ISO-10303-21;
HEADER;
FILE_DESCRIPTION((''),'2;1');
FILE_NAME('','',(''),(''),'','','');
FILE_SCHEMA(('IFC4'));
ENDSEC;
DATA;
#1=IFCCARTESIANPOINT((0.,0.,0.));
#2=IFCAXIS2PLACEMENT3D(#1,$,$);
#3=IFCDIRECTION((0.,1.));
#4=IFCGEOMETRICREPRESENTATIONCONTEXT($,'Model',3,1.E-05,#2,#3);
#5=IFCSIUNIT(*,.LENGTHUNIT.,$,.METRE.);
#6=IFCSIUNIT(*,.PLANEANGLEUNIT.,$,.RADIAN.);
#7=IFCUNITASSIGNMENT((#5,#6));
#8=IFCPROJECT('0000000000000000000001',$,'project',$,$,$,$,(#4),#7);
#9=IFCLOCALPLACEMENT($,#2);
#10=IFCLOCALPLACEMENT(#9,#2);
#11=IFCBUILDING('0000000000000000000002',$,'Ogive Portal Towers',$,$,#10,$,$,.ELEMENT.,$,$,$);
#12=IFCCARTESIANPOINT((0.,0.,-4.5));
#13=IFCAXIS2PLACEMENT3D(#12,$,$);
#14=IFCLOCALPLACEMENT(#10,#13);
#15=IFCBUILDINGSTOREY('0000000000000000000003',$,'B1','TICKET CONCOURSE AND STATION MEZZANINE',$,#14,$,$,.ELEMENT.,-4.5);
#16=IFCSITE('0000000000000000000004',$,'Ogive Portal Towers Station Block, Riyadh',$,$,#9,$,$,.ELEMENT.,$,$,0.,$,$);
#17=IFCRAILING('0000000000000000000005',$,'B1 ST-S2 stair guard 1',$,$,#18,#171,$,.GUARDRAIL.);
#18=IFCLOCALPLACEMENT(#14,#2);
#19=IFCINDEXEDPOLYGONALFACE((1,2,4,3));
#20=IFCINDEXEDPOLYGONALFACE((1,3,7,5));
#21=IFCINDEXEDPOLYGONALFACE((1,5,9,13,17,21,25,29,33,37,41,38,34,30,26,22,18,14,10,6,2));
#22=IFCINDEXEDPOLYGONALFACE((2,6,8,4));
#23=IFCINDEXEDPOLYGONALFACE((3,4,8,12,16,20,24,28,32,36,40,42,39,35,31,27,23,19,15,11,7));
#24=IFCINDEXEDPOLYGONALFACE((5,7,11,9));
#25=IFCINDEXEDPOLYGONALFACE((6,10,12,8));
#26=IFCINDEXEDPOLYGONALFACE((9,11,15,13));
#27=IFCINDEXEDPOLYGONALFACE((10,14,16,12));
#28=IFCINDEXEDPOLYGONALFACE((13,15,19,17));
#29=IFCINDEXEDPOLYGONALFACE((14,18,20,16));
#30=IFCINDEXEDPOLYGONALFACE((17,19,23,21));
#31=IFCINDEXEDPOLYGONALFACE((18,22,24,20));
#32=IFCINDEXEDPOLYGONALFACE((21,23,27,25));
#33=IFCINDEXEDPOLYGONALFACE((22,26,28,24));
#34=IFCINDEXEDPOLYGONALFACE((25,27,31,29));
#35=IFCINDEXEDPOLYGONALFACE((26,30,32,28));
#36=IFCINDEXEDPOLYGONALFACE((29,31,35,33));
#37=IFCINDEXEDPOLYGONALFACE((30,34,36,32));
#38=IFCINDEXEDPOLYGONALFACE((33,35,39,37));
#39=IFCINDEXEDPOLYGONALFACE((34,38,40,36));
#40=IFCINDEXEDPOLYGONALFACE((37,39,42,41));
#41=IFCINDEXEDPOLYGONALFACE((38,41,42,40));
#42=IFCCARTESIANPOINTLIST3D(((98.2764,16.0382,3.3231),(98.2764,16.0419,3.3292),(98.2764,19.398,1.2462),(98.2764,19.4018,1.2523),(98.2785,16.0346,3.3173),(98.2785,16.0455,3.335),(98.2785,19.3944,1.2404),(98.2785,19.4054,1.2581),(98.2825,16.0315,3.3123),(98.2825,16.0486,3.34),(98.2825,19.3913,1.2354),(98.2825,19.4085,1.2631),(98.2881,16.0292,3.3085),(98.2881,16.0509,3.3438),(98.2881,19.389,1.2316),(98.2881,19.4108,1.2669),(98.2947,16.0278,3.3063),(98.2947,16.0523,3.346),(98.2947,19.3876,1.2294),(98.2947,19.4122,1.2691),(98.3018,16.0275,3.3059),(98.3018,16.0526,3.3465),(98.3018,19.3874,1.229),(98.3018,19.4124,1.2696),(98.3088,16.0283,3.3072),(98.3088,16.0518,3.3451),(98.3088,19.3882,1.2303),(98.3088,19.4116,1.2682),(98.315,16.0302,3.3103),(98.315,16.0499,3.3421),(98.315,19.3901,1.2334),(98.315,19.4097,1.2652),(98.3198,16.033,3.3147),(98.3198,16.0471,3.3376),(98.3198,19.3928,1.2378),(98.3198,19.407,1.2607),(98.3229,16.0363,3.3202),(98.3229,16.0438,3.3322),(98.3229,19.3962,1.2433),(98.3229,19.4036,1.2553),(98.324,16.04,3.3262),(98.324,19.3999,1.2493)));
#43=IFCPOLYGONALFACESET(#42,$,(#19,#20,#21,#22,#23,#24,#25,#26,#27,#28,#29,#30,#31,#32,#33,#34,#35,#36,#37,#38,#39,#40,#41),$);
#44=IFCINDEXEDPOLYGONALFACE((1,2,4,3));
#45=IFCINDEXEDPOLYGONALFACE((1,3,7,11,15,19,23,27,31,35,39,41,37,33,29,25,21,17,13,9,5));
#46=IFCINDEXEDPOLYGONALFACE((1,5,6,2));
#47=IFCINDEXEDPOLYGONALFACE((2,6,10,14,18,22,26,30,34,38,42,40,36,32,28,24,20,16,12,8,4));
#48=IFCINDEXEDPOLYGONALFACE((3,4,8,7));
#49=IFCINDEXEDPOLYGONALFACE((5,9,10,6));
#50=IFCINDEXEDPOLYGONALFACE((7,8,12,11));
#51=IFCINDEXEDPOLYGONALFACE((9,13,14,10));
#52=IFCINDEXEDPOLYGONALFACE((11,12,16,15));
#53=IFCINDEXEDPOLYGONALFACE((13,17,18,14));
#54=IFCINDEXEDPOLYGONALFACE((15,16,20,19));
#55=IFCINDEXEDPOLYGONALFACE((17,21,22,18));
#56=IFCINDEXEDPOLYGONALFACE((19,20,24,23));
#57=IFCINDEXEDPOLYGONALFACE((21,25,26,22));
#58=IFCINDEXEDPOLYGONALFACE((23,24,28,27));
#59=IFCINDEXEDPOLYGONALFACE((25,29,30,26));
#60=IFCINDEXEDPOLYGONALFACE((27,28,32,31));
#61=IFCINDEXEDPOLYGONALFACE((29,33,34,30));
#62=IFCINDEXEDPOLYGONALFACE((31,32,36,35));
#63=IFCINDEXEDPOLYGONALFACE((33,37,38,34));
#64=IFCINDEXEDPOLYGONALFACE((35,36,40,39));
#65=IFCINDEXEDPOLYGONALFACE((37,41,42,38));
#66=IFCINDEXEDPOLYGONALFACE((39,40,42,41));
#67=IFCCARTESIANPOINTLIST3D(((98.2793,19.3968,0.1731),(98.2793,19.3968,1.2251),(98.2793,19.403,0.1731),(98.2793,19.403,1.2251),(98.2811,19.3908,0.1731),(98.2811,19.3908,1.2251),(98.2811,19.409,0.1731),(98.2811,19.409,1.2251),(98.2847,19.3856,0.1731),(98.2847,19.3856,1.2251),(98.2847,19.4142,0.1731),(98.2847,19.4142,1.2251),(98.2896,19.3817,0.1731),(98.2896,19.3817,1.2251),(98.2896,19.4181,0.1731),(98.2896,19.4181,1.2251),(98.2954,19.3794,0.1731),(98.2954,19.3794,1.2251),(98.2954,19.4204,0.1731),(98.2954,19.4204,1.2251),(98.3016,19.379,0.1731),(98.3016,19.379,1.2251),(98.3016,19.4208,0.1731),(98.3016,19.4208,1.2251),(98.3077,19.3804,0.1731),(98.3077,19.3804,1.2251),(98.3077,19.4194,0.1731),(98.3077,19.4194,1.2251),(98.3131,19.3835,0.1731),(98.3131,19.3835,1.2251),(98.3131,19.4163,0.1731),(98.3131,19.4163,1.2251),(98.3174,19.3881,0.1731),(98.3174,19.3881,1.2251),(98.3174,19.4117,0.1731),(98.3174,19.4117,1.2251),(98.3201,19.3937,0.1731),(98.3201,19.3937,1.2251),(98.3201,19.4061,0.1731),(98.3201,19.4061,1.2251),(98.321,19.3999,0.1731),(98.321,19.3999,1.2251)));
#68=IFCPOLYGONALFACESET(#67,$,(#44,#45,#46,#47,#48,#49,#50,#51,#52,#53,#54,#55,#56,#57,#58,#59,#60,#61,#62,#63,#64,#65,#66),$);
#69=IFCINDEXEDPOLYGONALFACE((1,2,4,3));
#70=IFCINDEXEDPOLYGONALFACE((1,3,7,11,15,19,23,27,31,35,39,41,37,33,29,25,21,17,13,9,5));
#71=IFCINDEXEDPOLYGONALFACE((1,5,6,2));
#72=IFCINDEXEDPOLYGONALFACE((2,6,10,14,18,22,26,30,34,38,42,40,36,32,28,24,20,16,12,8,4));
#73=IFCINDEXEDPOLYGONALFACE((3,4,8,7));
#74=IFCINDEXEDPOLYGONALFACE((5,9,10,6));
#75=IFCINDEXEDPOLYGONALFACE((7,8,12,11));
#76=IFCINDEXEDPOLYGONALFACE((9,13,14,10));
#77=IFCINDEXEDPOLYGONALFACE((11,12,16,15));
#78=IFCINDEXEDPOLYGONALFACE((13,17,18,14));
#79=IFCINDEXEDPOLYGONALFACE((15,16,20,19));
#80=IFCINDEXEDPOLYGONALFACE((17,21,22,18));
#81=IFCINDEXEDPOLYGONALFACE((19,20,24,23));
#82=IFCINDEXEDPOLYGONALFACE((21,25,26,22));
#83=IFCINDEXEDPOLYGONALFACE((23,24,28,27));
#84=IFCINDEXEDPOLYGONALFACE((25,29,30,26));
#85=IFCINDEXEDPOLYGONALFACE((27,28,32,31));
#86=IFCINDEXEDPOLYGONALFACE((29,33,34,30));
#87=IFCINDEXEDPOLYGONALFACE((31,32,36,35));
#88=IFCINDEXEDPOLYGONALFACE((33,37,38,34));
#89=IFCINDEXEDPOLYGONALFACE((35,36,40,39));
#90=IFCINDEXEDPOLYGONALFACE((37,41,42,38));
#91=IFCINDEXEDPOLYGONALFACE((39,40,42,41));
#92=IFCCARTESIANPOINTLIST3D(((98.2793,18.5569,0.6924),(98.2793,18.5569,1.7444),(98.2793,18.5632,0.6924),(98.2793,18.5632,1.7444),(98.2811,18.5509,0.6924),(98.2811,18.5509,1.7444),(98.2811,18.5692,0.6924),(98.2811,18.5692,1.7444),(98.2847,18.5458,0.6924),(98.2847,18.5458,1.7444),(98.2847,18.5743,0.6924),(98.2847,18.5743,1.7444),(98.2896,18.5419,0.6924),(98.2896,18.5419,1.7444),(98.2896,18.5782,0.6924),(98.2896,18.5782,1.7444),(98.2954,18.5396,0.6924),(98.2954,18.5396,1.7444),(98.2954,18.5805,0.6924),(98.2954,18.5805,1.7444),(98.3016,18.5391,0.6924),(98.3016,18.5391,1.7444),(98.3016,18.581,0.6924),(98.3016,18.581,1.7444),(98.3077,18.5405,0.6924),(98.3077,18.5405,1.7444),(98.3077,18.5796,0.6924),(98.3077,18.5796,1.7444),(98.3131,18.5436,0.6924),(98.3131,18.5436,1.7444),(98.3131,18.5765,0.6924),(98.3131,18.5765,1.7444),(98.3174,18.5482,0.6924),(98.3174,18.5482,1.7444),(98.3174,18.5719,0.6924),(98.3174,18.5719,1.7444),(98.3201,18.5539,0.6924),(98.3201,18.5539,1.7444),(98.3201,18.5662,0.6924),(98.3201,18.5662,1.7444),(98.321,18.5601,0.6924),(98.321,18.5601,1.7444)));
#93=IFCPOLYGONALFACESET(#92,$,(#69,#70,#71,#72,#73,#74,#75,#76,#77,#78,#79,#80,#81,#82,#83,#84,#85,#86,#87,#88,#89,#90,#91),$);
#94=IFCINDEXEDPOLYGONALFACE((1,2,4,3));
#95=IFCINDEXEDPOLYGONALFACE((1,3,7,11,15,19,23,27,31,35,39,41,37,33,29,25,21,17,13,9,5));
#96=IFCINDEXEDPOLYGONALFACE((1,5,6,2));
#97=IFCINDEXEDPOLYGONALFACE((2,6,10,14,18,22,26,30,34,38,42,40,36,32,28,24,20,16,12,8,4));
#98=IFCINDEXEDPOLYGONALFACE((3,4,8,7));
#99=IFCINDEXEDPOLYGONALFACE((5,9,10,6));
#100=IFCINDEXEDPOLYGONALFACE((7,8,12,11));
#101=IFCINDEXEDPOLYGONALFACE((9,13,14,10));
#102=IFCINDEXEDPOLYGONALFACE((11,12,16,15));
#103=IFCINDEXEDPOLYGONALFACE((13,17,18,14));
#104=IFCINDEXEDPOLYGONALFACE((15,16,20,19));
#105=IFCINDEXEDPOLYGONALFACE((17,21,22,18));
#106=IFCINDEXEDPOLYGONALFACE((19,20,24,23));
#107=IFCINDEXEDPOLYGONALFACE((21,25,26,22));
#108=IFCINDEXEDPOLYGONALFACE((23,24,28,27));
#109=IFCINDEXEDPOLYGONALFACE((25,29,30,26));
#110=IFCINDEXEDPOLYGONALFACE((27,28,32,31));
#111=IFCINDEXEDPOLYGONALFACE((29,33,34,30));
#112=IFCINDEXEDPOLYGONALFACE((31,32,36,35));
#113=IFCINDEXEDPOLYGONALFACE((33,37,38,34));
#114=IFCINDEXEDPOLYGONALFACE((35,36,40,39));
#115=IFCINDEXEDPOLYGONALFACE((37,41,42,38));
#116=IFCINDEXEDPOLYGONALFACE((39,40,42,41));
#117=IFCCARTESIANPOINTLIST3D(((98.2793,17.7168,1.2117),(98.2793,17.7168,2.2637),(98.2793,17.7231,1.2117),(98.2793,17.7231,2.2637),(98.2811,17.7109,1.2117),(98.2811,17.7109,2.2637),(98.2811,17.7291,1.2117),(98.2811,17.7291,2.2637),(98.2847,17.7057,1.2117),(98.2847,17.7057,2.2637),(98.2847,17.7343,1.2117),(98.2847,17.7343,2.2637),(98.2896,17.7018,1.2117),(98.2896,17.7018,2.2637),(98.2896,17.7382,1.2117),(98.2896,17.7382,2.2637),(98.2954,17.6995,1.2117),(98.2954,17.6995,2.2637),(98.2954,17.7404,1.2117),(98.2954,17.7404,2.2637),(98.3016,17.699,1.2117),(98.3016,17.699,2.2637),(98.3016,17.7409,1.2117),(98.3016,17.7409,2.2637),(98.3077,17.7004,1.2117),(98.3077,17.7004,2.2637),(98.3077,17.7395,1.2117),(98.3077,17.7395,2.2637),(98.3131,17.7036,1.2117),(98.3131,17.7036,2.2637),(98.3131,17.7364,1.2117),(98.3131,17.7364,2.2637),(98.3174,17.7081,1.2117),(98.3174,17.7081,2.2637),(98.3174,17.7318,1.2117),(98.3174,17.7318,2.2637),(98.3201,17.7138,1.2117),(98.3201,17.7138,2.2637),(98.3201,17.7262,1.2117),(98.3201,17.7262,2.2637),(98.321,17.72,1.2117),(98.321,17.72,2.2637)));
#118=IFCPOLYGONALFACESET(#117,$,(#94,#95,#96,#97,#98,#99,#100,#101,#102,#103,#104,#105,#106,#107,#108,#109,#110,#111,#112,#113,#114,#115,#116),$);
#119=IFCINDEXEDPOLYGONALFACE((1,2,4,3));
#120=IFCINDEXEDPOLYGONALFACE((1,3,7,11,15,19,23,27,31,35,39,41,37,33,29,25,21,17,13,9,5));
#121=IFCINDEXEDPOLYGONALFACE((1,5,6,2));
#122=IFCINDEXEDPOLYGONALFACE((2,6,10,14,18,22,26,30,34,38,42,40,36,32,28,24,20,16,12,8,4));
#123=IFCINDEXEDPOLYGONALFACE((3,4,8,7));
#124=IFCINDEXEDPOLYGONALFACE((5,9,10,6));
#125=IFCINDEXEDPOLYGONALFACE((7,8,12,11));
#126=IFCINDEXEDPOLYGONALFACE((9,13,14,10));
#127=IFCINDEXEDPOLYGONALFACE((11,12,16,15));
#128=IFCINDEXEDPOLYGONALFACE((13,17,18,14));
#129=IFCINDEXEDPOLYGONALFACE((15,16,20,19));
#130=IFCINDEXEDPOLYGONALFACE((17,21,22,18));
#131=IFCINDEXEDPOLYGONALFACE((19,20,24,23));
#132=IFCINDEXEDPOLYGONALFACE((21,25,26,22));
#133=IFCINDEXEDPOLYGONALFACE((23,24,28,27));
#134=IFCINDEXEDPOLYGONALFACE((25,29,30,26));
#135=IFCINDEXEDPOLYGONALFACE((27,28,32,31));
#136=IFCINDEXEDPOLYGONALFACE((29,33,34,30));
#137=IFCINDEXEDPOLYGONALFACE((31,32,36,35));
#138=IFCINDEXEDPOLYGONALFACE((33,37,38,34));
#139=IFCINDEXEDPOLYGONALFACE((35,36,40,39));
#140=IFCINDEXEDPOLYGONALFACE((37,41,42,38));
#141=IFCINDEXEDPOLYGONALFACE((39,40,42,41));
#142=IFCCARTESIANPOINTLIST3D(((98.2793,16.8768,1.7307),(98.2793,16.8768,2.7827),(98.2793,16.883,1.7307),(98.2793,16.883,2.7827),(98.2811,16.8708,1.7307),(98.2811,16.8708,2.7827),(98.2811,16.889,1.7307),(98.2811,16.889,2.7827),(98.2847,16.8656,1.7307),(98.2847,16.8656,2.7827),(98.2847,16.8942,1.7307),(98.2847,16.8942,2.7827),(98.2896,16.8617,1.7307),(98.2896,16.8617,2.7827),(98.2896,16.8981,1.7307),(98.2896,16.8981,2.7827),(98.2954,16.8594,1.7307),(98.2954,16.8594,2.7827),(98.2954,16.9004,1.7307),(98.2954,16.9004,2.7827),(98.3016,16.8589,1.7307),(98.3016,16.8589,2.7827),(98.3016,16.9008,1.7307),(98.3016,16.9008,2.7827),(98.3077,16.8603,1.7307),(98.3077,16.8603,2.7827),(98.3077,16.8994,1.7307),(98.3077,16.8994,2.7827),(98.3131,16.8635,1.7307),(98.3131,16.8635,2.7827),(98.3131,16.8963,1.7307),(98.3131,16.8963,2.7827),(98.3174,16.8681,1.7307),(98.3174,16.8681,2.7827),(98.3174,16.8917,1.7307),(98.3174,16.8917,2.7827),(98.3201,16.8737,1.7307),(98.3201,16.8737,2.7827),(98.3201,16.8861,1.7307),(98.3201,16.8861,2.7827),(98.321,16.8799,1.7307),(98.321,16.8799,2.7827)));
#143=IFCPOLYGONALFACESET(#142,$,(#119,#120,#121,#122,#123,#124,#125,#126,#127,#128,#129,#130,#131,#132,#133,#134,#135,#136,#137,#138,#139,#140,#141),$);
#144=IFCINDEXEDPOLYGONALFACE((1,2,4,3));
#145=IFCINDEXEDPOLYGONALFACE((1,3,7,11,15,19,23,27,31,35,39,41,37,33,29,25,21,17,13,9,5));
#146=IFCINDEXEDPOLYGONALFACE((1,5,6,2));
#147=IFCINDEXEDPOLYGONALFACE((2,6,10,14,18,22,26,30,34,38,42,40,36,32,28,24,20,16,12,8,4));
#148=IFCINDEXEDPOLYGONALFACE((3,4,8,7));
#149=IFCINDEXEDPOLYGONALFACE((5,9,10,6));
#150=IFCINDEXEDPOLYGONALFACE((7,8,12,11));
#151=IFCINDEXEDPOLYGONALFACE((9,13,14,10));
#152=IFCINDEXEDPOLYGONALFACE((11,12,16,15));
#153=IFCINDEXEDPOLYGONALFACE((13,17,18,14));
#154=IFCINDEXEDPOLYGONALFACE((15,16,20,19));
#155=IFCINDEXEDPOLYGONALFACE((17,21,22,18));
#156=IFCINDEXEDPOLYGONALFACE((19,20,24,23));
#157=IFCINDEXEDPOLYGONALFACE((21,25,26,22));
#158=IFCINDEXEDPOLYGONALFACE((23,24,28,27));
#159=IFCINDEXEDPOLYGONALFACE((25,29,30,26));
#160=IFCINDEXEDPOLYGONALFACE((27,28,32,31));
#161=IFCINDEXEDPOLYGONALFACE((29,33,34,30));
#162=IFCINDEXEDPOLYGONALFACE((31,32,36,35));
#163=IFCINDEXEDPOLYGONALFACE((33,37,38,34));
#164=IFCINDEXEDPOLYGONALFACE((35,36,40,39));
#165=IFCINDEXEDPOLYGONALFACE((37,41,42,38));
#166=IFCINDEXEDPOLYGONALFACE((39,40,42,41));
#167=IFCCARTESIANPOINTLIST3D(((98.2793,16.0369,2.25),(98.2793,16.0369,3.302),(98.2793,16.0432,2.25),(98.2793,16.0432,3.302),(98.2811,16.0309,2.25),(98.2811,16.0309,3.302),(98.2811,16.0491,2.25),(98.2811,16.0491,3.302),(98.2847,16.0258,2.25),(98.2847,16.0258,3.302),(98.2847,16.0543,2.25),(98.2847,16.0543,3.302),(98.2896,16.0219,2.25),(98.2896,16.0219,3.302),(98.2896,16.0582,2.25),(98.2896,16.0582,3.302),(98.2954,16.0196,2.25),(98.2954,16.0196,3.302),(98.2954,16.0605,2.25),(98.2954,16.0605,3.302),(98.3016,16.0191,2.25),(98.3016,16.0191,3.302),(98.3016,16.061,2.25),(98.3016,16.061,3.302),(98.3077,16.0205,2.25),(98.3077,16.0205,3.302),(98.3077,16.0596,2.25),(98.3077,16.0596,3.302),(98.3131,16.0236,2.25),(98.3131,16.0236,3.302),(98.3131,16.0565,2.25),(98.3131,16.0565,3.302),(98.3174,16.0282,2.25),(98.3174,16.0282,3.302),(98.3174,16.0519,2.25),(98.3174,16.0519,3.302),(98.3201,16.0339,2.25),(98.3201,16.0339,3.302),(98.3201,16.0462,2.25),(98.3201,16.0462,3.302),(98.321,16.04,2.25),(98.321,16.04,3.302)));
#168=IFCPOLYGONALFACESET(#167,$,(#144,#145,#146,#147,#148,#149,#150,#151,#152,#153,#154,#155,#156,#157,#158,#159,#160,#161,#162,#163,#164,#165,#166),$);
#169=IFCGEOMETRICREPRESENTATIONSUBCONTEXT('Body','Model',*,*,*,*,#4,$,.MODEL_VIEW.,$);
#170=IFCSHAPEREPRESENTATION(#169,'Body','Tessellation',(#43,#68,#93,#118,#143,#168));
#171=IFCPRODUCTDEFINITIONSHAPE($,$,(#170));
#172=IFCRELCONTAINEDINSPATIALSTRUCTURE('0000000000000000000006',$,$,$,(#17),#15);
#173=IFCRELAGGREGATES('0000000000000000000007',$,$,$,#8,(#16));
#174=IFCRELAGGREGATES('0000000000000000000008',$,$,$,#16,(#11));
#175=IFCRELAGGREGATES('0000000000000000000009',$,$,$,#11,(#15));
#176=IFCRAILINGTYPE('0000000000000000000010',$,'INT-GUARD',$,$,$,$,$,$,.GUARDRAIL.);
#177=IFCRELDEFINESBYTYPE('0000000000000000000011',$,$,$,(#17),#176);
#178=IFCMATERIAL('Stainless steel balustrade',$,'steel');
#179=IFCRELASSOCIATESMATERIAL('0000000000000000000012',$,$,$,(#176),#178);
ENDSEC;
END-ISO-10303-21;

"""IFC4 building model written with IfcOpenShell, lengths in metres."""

from ifc_helpers import new_model, si_unit, direction, frame, origin, origin_2d, place, context, subcontext, project, spatial, circle, extrude, material, type_object, element, save


model = new_model("IFC4")

# Units and contexts
model_context = context("Model", 3, precision=1e-05, world=origin(), true_north=direction((0.0, 1.0)))
body_context = subcontext(model_context, "Body", "Model", "MODEL_VIEW")
ifc_project = project(units=[si_unit("LENGTHUNIT", "METRE"), si_unit("PLANEANGLEUNIT", "RADIAN")], contexts=[model_context])

# Site, building, storey
site_placement = place(None, origin())
site = spatial("IfcSite", under=ifc_project, at=site_placement, Name="Ogive Portal Towers Station Block, Riyadh", CompositionType="ELEMENT", RefElevation=0.0)
building_placement = place(site_placement, origin())
building = spatial("IfcBuilding", under=site, at=building_placement, Name="Ogive Portal Towers", CompositionType="ELEMENT")
storey_placement = place(building_placement, frame((0.0, 0.0, -4.5)))
storey = spatial("IfcBuildingStorey", under=building, at=storey_placement, Name="B1", Description="TICKET CONCOURSE AND STATION MEZZANINE", CompositionType="ELEMENT", Elevation=-4.5)

# Railing
ifc_material_1 = material(Name="Stainless steel balustrade", Category="steel")
railing_type_1 = type_object("IfcRailingType", Name="INT-GUARD", PredefinedType="GUARDRAIL", material=ifc_material_1)
railing_1_placement = place(storey_placement, frame((98.3, 19.3999, 0.1731)))
element("IfcRailing", 1, at=railing_1_placement, inside=storey, type_object=railing_type_1, Name="B1 ST-S2 stair guard 1", PredefinedType="GUARDRAIL", context=body_context, shape_type="SweptSolid", body=[
    extrude(circle(Radius=0.0239, at=origin_2d()), frame((0.0, 0.0, 1.0762), z_axis=(0.0, -0.850606, 0.525803), x_axis=(1.0, 0.0, 0.0)), (0.0, 0.0, 1.0), 3.95),
    extrude(circle(Radius=0.021, at=origin_2d()), origin(), (0.0, 0.0, 1.0), 1.052),
    extrude(circle(Radius=0.021, at=origin_2d()), frame((0.0, -0.8398, 0.5193)), (0.0, 0.0, 1.0), 1.052),
    extrude(circle(Radius=0.021, at=origin_2d()), frame((0.0, -1.6799, 1.0386)), (0.0, 0.0, 1.0), 1.052),
    extrude(circle(Radius=0.021, at=origin_2d()), frame((0.0, -2.52, 1.5576)), (0.0, 0.0, 1.0), 1.052),
    extrude(circle(Radius=0.021, at=origin_2d()), frame((0.0, -3.3599, 2.0769)), (0.0, 0.0, 1.0), 1.052),
])

save(model, "model.ifc")
